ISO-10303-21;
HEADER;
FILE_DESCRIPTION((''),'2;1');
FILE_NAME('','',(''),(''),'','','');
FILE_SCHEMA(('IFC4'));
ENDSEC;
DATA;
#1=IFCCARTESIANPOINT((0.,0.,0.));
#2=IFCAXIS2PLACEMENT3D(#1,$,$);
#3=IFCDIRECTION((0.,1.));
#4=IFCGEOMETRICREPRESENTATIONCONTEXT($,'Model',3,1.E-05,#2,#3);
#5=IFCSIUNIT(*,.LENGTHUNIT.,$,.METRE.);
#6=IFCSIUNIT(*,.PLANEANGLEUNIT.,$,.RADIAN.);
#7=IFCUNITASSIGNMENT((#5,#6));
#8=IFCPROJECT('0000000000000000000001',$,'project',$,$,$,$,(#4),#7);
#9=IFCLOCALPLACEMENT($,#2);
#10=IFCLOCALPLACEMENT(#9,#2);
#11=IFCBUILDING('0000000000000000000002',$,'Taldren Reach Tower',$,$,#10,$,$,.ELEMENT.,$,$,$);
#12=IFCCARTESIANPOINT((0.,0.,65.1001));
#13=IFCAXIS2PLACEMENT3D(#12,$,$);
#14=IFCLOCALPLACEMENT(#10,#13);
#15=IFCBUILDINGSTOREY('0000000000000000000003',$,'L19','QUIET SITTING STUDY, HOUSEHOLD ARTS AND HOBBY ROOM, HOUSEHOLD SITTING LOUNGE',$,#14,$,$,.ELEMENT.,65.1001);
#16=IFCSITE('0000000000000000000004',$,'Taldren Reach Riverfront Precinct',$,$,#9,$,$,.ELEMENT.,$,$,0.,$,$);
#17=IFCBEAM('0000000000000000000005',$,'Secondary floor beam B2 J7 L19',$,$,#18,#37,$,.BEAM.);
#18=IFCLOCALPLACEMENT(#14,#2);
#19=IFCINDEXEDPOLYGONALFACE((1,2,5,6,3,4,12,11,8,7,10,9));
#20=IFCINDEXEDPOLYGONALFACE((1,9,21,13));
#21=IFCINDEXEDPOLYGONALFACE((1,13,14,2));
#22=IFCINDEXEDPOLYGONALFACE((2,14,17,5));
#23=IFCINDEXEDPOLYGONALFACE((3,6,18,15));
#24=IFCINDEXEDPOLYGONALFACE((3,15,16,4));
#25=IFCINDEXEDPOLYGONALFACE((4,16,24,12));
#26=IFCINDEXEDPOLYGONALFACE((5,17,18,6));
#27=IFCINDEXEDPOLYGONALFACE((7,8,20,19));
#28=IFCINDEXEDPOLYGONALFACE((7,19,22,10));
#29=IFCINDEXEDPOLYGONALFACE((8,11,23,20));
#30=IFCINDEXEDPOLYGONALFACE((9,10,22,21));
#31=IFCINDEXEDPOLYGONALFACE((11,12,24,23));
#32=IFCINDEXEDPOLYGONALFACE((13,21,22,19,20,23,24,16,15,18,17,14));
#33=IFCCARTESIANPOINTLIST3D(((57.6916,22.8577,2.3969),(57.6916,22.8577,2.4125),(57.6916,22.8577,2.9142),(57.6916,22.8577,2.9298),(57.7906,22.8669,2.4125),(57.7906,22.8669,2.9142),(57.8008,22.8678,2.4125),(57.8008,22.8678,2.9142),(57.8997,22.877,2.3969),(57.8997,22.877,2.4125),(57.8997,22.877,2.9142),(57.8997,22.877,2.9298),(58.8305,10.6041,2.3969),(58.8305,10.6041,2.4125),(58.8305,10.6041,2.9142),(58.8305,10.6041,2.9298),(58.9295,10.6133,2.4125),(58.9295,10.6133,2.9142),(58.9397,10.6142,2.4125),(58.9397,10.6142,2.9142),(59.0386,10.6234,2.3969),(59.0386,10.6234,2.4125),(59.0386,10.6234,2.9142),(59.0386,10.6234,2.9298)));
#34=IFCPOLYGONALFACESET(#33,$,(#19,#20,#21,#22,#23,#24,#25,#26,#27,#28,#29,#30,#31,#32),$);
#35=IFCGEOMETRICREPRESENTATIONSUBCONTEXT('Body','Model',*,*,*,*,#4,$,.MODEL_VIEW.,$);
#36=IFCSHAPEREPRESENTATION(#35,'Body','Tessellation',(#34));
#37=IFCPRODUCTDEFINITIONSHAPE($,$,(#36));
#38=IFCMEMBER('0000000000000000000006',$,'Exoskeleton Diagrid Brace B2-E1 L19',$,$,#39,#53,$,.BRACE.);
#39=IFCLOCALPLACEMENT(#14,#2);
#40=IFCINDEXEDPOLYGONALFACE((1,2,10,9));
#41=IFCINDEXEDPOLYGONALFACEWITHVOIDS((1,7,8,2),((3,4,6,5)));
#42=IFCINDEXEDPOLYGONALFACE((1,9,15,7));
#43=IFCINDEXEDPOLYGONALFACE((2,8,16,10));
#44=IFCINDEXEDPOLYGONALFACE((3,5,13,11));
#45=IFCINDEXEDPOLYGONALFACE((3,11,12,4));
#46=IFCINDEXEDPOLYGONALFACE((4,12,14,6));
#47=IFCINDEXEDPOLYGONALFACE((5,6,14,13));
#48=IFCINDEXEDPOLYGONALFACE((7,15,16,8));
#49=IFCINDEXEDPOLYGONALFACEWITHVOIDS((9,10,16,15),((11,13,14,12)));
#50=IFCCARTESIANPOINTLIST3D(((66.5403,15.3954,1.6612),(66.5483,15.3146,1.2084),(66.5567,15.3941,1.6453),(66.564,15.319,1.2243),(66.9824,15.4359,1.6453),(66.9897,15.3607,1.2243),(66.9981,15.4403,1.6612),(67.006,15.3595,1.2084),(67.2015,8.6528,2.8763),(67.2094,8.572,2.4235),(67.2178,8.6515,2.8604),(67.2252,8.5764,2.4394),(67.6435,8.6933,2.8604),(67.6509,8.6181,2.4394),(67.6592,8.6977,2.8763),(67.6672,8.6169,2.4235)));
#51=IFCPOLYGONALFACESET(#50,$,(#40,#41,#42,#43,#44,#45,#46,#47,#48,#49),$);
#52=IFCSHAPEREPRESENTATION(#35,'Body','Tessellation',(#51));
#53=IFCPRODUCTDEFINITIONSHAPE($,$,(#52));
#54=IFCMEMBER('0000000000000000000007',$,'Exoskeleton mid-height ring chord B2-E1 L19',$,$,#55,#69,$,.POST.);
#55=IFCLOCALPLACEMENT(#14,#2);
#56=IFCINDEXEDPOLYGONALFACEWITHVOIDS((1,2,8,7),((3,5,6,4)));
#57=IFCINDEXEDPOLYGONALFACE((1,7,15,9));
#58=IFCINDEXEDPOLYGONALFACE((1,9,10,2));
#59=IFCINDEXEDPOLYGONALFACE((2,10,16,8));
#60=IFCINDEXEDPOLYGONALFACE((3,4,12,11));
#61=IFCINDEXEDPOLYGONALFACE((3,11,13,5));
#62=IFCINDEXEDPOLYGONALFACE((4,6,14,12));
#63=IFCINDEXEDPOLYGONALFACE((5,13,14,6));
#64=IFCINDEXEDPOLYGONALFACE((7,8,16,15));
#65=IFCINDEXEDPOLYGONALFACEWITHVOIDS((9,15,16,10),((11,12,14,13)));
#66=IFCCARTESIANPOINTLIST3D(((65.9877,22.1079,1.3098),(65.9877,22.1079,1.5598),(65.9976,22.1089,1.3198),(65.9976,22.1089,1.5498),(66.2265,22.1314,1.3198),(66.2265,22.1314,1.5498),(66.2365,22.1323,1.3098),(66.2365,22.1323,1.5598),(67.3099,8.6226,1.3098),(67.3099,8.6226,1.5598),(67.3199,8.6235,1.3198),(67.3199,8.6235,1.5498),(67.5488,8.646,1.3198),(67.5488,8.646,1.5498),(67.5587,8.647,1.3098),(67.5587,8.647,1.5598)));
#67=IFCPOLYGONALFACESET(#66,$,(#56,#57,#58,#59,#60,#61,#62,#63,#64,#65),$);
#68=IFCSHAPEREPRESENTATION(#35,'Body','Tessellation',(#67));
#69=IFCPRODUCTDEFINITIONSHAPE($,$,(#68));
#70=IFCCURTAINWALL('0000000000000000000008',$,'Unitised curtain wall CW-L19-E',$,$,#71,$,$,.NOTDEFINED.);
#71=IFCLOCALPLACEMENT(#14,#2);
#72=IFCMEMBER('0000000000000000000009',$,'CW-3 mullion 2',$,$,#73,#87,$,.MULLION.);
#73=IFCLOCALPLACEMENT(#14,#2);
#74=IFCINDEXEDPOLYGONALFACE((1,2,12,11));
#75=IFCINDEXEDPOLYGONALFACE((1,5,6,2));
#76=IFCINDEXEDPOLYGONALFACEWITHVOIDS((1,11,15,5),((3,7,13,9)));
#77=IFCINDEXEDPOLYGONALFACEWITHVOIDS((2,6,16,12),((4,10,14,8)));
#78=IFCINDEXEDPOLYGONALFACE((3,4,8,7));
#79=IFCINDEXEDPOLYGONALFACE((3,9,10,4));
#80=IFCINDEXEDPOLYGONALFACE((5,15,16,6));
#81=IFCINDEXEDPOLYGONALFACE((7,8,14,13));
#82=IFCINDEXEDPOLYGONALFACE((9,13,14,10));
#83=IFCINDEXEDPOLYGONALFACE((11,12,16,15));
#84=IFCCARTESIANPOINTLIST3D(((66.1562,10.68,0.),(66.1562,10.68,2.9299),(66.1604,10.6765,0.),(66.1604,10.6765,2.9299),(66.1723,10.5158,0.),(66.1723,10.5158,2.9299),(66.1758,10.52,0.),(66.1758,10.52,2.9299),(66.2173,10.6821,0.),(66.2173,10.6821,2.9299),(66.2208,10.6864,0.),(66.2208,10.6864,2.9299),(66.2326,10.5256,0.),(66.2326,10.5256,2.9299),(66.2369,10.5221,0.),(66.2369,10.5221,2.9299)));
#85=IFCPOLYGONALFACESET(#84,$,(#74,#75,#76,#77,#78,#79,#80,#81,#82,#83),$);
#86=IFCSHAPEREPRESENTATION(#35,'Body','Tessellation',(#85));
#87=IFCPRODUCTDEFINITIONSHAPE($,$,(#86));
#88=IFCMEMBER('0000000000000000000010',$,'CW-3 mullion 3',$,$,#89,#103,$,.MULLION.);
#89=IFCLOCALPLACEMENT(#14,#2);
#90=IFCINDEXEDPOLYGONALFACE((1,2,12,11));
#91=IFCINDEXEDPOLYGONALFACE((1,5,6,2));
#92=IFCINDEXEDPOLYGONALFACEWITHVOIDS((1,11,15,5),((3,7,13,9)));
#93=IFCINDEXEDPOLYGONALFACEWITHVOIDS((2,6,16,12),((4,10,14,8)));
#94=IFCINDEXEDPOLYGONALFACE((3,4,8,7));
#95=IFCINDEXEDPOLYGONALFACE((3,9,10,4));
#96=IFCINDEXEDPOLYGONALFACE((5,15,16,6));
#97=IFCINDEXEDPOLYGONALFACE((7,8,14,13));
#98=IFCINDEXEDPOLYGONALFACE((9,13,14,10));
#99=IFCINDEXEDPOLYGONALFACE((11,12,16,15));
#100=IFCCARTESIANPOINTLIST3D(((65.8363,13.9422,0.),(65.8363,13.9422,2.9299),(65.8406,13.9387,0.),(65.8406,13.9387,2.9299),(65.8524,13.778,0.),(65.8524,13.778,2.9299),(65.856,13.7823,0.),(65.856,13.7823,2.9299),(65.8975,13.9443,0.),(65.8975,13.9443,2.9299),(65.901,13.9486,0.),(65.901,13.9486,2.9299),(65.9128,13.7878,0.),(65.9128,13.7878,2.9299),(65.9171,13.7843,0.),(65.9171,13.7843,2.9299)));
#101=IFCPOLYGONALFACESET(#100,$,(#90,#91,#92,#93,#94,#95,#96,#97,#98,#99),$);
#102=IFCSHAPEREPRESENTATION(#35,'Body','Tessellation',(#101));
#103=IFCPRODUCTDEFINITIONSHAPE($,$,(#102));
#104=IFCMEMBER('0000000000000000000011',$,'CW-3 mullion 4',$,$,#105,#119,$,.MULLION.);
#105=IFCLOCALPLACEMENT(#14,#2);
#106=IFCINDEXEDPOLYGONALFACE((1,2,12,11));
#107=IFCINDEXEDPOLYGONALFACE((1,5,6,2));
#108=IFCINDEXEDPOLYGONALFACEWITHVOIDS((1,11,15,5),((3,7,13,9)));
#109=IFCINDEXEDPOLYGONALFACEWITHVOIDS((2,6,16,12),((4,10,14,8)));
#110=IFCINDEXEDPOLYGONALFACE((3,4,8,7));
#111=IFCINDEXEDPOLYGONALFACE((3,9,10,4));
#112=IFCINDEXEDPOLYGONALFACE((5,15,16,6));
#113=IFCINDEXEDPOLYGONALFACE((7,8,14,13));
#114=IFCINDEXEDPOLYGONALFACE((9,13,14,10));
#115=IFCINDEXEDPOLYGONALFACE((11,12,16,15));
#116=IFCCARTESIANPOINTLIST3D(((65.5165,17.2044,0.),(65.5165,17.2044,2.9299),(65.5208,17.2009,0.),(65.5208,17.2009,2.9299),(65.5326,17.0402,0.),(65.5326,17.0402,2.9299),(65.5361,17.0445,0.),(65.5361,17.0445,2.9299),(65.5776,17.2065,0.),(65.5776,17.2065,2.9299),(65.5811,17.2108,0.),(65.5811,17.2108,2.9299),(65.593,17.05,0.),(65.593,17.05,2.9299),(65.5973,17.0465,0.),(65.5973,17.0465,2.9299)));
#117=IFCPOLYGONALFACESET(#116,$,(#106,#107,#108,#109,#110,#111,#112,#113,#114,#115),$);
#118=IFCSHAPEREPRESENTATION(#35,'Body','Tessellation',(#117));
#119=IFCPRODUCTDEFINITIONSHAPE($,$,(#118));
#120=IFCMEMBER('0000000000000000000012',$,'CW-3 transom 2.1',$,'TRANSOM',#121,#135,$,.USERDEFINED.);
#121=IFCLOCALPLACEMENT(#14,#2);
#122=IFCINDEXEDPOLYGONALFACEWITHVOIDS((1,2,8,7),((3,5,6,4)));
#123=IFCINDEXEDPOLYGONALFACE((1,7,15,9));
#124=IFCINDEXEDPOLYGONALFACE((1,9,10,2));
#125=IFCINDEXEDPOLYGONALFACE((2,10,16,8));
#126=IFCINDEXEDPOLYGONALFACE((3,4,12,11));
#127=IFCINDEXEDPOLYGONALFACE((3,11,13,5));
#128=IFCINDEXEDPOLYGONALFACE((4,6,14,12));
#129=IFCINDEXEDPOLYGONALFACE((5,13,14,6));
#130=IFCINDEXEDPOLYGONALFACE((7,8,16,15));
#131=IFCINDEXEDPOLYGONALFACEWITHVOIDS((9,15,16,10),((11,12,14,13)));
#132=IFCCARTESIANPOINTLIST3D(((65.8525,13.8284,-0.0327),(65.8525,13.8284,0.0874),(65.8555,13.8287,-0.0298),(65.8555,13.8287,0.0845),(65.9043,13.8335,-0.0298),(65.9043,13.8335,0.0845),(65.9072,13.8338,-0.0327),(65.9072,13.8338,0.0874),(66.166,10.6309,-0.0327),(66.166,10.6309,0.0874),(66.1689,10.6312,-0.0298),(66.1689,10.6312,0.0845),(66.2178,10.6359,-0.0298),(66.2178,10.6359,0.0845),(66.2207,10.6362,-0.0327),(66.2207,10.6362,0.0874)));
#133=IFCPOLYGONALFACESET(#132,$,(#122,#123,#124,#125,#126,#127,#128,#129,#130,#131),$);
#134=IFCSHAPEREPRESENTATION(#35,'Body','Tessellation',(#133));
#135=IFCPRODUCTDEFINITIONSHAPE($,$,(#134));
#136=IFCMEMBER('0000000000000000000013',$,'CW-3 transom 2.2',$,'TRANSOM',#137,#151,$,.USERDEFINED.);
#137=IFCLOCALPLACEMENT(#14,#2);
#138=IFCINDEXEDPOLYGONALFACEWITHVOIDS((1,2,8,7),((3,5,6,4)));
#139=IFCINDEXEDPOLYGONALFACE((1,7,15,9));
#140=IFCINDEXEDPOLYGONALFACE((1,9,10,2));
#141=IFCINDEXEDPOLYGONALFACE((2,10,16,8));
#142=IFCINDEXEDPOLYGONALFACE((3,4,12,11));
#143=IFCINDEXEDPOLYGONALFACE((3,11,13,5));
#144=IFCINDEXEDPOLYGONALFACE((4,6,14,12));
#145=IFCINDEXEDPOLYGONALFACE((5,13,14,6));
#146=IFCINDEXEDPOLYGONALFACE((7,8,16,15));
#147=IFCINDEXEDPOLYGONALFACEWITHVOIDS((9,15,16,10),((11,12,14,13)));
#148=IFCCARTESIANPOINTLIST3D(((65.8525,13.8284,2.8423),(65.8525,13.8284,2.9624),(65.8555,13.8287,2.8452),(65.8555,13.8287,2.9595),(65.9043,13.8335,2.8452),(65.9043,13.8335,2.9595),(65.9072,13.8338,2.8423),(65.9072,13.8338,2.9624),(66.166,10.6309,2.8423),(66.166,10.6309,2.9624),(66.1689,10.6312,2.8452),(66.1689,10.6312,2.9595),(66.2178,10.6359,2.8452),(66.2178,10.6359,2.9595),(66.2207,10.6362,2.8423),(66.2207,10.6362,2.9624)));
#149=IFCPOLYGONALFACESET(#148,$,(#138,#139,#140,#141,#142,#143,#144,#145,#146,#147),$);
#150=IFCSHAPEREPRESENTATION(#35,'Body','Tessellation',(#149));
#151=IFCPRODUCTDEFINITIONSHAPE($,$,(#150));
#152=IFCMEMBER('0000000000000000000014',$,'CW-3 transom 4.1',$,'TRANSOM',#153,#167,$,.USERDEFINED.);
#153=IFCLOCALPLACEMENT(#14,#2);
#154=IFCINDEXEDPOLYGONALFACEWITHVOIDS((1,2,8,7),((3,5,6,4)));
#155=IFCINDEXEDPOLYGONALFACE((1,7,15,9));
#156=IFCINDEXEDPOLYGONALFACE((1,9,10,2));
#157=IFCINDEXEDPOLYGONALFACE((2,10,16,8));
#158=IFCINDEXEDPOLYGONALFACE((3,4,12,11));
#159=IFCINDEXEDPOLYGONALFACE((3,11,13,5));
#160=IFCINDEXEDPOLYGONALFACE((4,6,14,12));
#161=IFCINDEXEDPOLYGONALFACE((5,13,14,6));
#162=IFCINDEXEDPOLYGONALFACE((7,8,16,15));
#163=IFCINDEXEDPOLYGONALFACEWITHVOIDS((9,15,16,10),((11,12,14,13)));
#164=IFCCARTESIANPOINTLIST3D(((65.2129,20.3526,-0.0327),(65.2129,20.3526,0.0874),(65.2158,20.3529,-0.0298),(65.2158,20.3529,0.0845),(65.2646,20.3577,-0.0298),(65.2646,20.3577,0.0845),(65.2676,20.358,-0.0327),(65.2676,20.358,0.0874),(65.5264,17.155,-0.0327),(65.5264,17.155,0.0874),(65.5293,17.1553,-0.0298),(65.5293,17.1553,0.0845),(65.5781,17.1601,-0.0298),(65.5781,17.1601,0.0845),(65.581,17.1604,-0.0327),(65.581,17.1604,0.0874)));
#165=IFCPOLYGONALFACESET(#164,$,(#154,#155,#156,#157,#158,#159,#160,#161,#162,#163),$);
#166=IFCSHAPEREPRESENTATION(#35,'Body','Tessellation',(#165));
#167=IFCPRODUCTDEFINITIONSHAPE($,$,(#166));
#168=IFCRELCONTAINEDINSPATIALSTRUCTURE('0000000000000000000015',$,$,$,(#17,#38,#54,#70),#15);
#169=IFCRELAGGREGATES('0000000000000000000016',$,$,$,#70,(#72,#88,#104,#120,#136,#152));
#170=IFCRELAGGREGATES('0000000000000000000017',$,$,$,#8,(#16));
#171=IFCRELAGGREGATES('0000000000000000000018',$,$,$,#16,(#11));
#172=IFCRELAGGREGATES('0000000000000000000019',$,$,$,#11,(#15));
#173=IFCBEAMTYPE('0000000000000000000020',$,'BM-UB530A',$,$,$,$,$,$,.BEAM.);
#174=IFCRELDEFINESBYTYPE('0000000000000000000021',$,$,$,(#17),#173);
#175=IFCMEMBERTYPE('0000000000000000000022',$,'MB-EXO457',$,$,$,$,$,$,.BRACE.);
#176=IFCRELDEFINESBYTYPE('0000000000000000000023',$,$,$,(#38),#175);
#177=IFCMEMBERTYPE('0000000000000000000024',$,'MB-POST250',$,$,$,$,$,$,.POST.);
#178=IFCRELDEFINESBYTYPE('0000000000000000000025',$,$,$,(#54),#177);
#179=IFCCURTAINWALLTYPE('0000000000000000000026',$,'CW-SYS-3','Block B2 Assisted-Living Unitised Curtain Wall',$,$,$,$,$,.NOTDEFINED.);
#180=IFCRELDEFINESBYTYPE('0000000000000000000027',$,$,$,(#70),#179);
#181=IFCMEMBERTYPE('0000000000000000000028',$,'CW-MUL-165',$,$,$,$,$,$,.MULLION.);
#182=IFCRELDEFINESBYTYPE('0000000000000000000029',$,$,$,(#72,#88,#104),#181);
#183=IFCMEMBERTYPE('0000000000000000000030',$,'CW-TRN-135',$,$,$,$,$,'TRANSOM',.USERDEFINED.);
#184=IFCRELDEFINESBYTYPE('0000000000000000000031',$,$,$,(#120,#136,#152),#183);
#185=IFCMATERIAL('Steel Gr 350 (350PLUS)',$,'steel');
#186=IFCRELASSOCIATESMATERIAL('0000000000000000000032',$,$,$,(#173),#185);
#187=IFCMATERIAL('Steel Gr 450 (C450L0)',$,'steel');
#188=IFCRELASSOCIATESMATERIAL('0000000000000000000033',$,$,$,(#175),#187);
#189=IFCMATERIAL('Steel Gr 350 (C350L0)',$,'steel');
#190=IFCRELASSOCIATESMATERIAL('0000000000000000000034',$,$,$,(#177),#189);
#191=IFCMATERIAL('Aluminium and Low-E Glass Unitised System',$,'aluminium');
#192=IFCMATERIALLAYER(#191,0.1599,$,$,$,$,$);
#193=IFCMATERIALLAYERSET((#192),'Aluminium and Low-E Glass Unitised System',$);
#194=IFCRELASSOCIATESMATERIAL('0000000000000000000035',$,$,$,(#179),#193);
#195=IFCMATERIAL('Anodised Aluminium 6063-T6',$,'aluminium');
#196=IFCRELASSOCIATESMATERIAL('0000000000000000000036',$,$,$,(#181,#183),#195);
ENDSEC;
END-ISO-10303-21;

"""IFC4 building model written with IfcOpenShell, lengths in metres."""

from ifc_helpers import new_model, si_unit, direction, frame, origin, origin_2d, place, context, subcontext, project, spatial, hollow_rectangle, i_section, extrude, source, transform, mapped, material, layer, layer_set, material_profile, profile_set, type_object, element, aggregate, save


model = new_model("IFC4")

# Units and contexts
model_context = context("Model", 3, precision=1e-05, world=origin(), true_north=direction((0.0, 1.0)))
body_context = subcontext(model_context, "Body", "Model", "MODEL_VIEW")
ifc_project = project(units=[si_unit("LENGTHUNIT", "METRE"), si_unit("PLANEANGLEUNIT", "RADIAN")], contexts=[model_context])

# Site, building, storey
site_placement = place(None, origin())
site = spatial("IfcSite", under=ifc_project, at=site_placement, Name="Taldren Reach Riverfront Precinct", CompositionType="ELEMENT", RefElevation=0.0)
building_placement = place(site_placement, origin())
building = spatial("IfcBuilding", under=site, at=building_placement, Name="Taldren Reach Tower", CompositionType="ELEMENT")
storey_placement = place(building_placement, frame((0.0, 0.0, 65.1001)))
storey = spatial("IfcBuildingStorey", under=building, at=storey_placement, Name="L19", Description="QUIET SITTING STUDY, HOUSEHOLD ARTS AND HOBBY ROOM, HOUSEHOLD SITTING LOUNGE", CompositionType="ELEMENT", Elevation=65.1001)

# Beam
ifc_material_1 = material(Name="Steel Gr 350 (350PLUS)", Category="steel")
ifc_material_profile_1 = material_profile(ifc_material_1, i_section(OverallWidth=0.209, OverallDepth=0.533, WebThickness=0.0103, FlangeThickness=0.0156, at=origin_2d()), Name="530UB92.4")
ifc_profile_set_1 = profile_set([ifc_material_profile_1], Name="Steel Gr 350 (350PLUS)")
beam_type = type_object("IfcBeamType", Name="BM-UB530A", PredefinedType="BEAM", material=ifc_profile_set_1)
shared_shape_1 = source(origin(), body_context, "Body", "SweptSolid", [
    extrude(i_section(OverallWidth=0.209, OverallDepth=0.533, WebThickness=0.0103, FlangeThickness=0.0156, at=origin_2d()), origin(), (0.0, 0.0, 1.0), 12.3064),
])
beam_placement = place(storey_placement, frame((58.9346, 10.6138, 2.6633), z_axis=(-0.092546, 0.995708, 0.0), x_axis=(-0.995708, -0.092546, 0.0)))
element("IfcBeam", 1, at=beam_placement, inside=storey, type_object=beam_type, Name="Secondary floor beam B2 J7 L19", PredefinedType="BEAM", context=body_context, shape_type="MappedRepresentation", body=[
    mapped(shared_shape_1, transform((0.0, 0.0, 0.0), scale=1.0)),
])

# Members
ifc_material_2 = material(Name="Steel Gr 450 (C450L0)", Category="steel")
ifc_material_profile_2 = material_profile(ifc_material_2, hollow_rectangle(XDim=0.46, YDim=0.46, WallThickness=0.0161, at=origin_2d()), Name="460x460x16.0SHS")
ifc_profile_set_2 = profile_set([ifc_material_profile_2], Name="Steel Gr 450 (C450L0)")
member_type_1 = type_object("IfcMemberType", Name="MB-EXO457", PredefinedType="BRACE", material=ifc_profile_set_2)
shared_shape_2 = source(origin(), body_context, "Body", "SweptSolid", [
    extrude(hollow_rectangle(XDim=0.46, YDim=0.46, WallThickness=0.0161, at=origin_2d()), origin(), (0.0, 0.0, 1.0), 6.8831),
])
member_1_placement = place(storey_placement, frame((66.7732, 15.3774, 1.4348), z_axis=(0.096051, -0.979597, 0.176532), x_axis=(0.995227, 0.097584, 0.0)))
element("IfcMember", 2, at=member_1_placement, inside=storey, type_object=member_type_1, Name="Exoskeleton Diagrid Brace B2-E1 L19", PredefinedType="BRACE", context=body_context, shape_type="MappedRepresentation", body=[
    mapped(shared_shape_2, transform((0.0, 0.0, 0.0), scale=1.0)),
])
ifc_material_3 = material(Name="Steel Gr 350 (C350L0)", Category="steel")
ifc_material_profile_3 = material_profile(ifc_material_3, hollow_rectangle(XDim=0.25, YDim=0.25, WallThickness=0.01, at=origin_2d()), Name="250x250x10.0SHS")
ifc_profile_set_3 = profile_set([ifc_material_profile_3], Name="Steel Gr 350 (C350L0)")
member_type_2 = type_object("IfcMemberType", Name="MB-POST250", PredefinedType="POST", material=ifc_profile_set_3)
shared_shape_3 = source(origin(), body_context, "Body", "SweptSolid", [
    extrude(hollow_rectangle(XDim=0.25, YDim=0.25, WallThickness=0.01, at=origin_2d()), origin(), (0.0, 0.0, 1.0), 13.55),
])
member_2_placement = place(storey_placement, frame((67.4343, 8.6348, 1.4348), z_axis=(-0.097584, 0.995227, 0.0), x_axis=(-0.995227, -0.097584, 0.0)))
element("IfcMember", 3, at=member_2_placement, inside=storey, type_object=member_type_2, Name="Exoskeleton mid-height ring chord B2-E1 L19", PredefinedType="POST", context=body_context, shape_type="MappedRepresentation", body=[
    mapped(shared_shape_3, transform((0.0, 0.0, 0.0), scale=1.0)),
])

# Curtain wall, members
ifc_material_4 = material(Name="Aluminium and Low-E Glass Unitised System", Category="aluminium")
ifc_layer_1 = layer(ifc_material_4, 0.1599)
ifc_layer_set_1 = layer_set([ifc_layer_1], Name="Aluminium and Low-E Glass Unitised System")
curtain_wall_type = type_object("IfcCurtainWallType", Name="CW-SYS-3", Description="Block B2 Assisted-Living Unitised Curtain Wall", PredefinedType="NOTDEFINED", material=ifc_layer_set_1)
curtain_wall_placement = place(storey_placement, origin())
curtain_wall = element("IfcCurtainWall", 4, at=curtain_wall_placement, inside=storey, type_object=curtain_wall_type, Name="Unitised curtain wall CW-L19-E", PredefinedType="NOTDEFINED")
ifc_material_5 = material(Name="Anodised Aluminium 6063-T6", Category="aluminium")
ifc_material_profile_4 = material_profile(ifc_material_5, hollow_rectangle(XDim=0.0649, YDim=0.165, WallThickness=0.0039, at=origin_2d()), Name="ALU-165x65x4RHS")
ifc_profile_set_4 = profile_set([ifc_material_profile_4], Name="Anodised Aluminium 6063-T6")
member_type_3 = type_object("IfcMemberType", Name="CW-MUL-165", PredefinedType="MULLION", material=ifc_profile_set_4)
shared_shape_4 = source(origin(), body_context, "Body", "SweptSolid", [
    extrude(hollow_rectangle(XDim=0.0649, YDim=0.165, WallThickness=0.0039, at=origin_2d()), origin(), (0.0, 0.0, 1.0), 2.9299),
])
member_3_placement = place(storey_placement, frame((66.1965, 10.6011, 0.0), z_axis=(0.0, 0.0, 1.0), x_axis=(-0.995227, -0.097583, 0.0)))
member_3 = element("IfcMember", 5, at=member_3_placement, type_object=member_type_3, Name="CW-3 mullion 2", PredefinedType="MULLION", context=body_context, shape_type="MappedRepresentation", body=[
    mapped(shared_shape_4, transform((0.0, 0.0, 0.0), scale=1.0)),
])
member_4_placement = place(storey_placement, frame((65.8767, 13.8633, 0.0), z_axis=(0.0, 0.0, 1.0), x_axis=(-0.995227, -0.097583, 0.0)))
member_4 = element("IfcMember", 6, at=member_4_placement, type_object=member_type_3, Name="CW-3 mullion 3", PredefinedType="MULLION", context=body_context, shape_type="MappedRepresentation", body=[
    mapped(shared_shape_4, transform((0.0, 0.0, 0.0), scale=1.0)),
])
member_5_placement = place(storey_placement, frame((65.5569, 17.1255, 0.0), z_axis=(0.0, 0.0, 1.0), x_axis=(-0.995227, -0.097583, 0.0)))
member_5 = element("IfcMember", 7, at=member_5_placement, type_object=member_type_3, Name="CW-3 mullion 4", PredefinedType="MULLION", context=body_context, shape_type="MappedRepresentation", body=[
    mapped(shared_shape_4, transform((0.0, 0.0, 0.0), scale=1.0)),
])
ifc_material_profile_5 = material_profile(ifc_material_5, hollow_rectangle(XDim=0.0549, YDim=0.1201, WallThickness=0.0029, at=origin_2d()), Name="ALU-120x55x3RHS")
ifc_profile_set_5 = profile_set([ifc_material_profile_5], Name="Anodised Aluminium 6063-T6")
member_type_4 = type_object("IfcMemberType", Name="CW-TRN-135", ElementType="TRANSOM", PredefinedType="USERDEFINED", material=ifc_profile_set_5)
shared_shape_5 = source(origin(), body_context, "Body", "SweptSolid", [
    extrude(hollow_rectangle(XDim=0.0549, YDim=0.1201, WallThickness=0.0029, at=origin_2d()), origin(), (0.0, 0.0, 1.0), 3.2129),
])
member_6_placement = place(storey_placement, frame((66.1934, 10.6335, 0.0273), z_axis=(-0.09757, 0.995229, 0.0), x_axis=(-0.995229, -0.09757, 0.0)))
member_6 = element("IfcMember", 8, at=member_6_placement, type_object=member_type_4, Name="CW-3 transom 2.1", ObjectType="TRANSOM", PredefinedType="USERDEFINED", context=body_context, shape_type="MappedRepresentation", body=[
    mapped(shared_shape_5, transform((0.0, 0.0, 0.0), scale=1.0)),
])
member_7_placement = place(storey_placement, frame((66.1934, 10.6335, 2.9023), z_axis=(-0.09757, 0.995229, 0.0), x_axis=(-0.995229, -0.09757, 0.0)))
member_7 = element("IfcMember", 9, at=member_7_placement, type_object=member_type_4, Name="CW-3 transom 2.2", ObjectType="TRANSOM", PredefinedType="USERDEFINED", context=body_context, shape_type="MappedRepresentation", body=[
    mapped(shared_shape_5, transform((0.0, 0.0, 0.0), scale=1.0)),
])
member_8_placement = place(storey_placement, frame((65.5537, 17.1577, 0.0273), z_axis=(-0.09757, 0.995229, 0.0), x_axis=(-0.995229, -0.09757, 0.0)))
member_8 = element("IfcMember", 10, at=member_8_placement, type_object=member_type_4, Name="CW-3 transom 4.1", ObjectType="TRANSOM", PredefinedType="USERDEFINED", context=body_context, shape_type="MappedRepresentation", body=[
    mapped(shared_shape_5, transform((0.0, 0.0, 0.0), scale=1.0)),
])

aggregate(curtain_wall, [member_3, member_4, member_5, member_6, member_7, member_8])

save(model, "model.ifc")
